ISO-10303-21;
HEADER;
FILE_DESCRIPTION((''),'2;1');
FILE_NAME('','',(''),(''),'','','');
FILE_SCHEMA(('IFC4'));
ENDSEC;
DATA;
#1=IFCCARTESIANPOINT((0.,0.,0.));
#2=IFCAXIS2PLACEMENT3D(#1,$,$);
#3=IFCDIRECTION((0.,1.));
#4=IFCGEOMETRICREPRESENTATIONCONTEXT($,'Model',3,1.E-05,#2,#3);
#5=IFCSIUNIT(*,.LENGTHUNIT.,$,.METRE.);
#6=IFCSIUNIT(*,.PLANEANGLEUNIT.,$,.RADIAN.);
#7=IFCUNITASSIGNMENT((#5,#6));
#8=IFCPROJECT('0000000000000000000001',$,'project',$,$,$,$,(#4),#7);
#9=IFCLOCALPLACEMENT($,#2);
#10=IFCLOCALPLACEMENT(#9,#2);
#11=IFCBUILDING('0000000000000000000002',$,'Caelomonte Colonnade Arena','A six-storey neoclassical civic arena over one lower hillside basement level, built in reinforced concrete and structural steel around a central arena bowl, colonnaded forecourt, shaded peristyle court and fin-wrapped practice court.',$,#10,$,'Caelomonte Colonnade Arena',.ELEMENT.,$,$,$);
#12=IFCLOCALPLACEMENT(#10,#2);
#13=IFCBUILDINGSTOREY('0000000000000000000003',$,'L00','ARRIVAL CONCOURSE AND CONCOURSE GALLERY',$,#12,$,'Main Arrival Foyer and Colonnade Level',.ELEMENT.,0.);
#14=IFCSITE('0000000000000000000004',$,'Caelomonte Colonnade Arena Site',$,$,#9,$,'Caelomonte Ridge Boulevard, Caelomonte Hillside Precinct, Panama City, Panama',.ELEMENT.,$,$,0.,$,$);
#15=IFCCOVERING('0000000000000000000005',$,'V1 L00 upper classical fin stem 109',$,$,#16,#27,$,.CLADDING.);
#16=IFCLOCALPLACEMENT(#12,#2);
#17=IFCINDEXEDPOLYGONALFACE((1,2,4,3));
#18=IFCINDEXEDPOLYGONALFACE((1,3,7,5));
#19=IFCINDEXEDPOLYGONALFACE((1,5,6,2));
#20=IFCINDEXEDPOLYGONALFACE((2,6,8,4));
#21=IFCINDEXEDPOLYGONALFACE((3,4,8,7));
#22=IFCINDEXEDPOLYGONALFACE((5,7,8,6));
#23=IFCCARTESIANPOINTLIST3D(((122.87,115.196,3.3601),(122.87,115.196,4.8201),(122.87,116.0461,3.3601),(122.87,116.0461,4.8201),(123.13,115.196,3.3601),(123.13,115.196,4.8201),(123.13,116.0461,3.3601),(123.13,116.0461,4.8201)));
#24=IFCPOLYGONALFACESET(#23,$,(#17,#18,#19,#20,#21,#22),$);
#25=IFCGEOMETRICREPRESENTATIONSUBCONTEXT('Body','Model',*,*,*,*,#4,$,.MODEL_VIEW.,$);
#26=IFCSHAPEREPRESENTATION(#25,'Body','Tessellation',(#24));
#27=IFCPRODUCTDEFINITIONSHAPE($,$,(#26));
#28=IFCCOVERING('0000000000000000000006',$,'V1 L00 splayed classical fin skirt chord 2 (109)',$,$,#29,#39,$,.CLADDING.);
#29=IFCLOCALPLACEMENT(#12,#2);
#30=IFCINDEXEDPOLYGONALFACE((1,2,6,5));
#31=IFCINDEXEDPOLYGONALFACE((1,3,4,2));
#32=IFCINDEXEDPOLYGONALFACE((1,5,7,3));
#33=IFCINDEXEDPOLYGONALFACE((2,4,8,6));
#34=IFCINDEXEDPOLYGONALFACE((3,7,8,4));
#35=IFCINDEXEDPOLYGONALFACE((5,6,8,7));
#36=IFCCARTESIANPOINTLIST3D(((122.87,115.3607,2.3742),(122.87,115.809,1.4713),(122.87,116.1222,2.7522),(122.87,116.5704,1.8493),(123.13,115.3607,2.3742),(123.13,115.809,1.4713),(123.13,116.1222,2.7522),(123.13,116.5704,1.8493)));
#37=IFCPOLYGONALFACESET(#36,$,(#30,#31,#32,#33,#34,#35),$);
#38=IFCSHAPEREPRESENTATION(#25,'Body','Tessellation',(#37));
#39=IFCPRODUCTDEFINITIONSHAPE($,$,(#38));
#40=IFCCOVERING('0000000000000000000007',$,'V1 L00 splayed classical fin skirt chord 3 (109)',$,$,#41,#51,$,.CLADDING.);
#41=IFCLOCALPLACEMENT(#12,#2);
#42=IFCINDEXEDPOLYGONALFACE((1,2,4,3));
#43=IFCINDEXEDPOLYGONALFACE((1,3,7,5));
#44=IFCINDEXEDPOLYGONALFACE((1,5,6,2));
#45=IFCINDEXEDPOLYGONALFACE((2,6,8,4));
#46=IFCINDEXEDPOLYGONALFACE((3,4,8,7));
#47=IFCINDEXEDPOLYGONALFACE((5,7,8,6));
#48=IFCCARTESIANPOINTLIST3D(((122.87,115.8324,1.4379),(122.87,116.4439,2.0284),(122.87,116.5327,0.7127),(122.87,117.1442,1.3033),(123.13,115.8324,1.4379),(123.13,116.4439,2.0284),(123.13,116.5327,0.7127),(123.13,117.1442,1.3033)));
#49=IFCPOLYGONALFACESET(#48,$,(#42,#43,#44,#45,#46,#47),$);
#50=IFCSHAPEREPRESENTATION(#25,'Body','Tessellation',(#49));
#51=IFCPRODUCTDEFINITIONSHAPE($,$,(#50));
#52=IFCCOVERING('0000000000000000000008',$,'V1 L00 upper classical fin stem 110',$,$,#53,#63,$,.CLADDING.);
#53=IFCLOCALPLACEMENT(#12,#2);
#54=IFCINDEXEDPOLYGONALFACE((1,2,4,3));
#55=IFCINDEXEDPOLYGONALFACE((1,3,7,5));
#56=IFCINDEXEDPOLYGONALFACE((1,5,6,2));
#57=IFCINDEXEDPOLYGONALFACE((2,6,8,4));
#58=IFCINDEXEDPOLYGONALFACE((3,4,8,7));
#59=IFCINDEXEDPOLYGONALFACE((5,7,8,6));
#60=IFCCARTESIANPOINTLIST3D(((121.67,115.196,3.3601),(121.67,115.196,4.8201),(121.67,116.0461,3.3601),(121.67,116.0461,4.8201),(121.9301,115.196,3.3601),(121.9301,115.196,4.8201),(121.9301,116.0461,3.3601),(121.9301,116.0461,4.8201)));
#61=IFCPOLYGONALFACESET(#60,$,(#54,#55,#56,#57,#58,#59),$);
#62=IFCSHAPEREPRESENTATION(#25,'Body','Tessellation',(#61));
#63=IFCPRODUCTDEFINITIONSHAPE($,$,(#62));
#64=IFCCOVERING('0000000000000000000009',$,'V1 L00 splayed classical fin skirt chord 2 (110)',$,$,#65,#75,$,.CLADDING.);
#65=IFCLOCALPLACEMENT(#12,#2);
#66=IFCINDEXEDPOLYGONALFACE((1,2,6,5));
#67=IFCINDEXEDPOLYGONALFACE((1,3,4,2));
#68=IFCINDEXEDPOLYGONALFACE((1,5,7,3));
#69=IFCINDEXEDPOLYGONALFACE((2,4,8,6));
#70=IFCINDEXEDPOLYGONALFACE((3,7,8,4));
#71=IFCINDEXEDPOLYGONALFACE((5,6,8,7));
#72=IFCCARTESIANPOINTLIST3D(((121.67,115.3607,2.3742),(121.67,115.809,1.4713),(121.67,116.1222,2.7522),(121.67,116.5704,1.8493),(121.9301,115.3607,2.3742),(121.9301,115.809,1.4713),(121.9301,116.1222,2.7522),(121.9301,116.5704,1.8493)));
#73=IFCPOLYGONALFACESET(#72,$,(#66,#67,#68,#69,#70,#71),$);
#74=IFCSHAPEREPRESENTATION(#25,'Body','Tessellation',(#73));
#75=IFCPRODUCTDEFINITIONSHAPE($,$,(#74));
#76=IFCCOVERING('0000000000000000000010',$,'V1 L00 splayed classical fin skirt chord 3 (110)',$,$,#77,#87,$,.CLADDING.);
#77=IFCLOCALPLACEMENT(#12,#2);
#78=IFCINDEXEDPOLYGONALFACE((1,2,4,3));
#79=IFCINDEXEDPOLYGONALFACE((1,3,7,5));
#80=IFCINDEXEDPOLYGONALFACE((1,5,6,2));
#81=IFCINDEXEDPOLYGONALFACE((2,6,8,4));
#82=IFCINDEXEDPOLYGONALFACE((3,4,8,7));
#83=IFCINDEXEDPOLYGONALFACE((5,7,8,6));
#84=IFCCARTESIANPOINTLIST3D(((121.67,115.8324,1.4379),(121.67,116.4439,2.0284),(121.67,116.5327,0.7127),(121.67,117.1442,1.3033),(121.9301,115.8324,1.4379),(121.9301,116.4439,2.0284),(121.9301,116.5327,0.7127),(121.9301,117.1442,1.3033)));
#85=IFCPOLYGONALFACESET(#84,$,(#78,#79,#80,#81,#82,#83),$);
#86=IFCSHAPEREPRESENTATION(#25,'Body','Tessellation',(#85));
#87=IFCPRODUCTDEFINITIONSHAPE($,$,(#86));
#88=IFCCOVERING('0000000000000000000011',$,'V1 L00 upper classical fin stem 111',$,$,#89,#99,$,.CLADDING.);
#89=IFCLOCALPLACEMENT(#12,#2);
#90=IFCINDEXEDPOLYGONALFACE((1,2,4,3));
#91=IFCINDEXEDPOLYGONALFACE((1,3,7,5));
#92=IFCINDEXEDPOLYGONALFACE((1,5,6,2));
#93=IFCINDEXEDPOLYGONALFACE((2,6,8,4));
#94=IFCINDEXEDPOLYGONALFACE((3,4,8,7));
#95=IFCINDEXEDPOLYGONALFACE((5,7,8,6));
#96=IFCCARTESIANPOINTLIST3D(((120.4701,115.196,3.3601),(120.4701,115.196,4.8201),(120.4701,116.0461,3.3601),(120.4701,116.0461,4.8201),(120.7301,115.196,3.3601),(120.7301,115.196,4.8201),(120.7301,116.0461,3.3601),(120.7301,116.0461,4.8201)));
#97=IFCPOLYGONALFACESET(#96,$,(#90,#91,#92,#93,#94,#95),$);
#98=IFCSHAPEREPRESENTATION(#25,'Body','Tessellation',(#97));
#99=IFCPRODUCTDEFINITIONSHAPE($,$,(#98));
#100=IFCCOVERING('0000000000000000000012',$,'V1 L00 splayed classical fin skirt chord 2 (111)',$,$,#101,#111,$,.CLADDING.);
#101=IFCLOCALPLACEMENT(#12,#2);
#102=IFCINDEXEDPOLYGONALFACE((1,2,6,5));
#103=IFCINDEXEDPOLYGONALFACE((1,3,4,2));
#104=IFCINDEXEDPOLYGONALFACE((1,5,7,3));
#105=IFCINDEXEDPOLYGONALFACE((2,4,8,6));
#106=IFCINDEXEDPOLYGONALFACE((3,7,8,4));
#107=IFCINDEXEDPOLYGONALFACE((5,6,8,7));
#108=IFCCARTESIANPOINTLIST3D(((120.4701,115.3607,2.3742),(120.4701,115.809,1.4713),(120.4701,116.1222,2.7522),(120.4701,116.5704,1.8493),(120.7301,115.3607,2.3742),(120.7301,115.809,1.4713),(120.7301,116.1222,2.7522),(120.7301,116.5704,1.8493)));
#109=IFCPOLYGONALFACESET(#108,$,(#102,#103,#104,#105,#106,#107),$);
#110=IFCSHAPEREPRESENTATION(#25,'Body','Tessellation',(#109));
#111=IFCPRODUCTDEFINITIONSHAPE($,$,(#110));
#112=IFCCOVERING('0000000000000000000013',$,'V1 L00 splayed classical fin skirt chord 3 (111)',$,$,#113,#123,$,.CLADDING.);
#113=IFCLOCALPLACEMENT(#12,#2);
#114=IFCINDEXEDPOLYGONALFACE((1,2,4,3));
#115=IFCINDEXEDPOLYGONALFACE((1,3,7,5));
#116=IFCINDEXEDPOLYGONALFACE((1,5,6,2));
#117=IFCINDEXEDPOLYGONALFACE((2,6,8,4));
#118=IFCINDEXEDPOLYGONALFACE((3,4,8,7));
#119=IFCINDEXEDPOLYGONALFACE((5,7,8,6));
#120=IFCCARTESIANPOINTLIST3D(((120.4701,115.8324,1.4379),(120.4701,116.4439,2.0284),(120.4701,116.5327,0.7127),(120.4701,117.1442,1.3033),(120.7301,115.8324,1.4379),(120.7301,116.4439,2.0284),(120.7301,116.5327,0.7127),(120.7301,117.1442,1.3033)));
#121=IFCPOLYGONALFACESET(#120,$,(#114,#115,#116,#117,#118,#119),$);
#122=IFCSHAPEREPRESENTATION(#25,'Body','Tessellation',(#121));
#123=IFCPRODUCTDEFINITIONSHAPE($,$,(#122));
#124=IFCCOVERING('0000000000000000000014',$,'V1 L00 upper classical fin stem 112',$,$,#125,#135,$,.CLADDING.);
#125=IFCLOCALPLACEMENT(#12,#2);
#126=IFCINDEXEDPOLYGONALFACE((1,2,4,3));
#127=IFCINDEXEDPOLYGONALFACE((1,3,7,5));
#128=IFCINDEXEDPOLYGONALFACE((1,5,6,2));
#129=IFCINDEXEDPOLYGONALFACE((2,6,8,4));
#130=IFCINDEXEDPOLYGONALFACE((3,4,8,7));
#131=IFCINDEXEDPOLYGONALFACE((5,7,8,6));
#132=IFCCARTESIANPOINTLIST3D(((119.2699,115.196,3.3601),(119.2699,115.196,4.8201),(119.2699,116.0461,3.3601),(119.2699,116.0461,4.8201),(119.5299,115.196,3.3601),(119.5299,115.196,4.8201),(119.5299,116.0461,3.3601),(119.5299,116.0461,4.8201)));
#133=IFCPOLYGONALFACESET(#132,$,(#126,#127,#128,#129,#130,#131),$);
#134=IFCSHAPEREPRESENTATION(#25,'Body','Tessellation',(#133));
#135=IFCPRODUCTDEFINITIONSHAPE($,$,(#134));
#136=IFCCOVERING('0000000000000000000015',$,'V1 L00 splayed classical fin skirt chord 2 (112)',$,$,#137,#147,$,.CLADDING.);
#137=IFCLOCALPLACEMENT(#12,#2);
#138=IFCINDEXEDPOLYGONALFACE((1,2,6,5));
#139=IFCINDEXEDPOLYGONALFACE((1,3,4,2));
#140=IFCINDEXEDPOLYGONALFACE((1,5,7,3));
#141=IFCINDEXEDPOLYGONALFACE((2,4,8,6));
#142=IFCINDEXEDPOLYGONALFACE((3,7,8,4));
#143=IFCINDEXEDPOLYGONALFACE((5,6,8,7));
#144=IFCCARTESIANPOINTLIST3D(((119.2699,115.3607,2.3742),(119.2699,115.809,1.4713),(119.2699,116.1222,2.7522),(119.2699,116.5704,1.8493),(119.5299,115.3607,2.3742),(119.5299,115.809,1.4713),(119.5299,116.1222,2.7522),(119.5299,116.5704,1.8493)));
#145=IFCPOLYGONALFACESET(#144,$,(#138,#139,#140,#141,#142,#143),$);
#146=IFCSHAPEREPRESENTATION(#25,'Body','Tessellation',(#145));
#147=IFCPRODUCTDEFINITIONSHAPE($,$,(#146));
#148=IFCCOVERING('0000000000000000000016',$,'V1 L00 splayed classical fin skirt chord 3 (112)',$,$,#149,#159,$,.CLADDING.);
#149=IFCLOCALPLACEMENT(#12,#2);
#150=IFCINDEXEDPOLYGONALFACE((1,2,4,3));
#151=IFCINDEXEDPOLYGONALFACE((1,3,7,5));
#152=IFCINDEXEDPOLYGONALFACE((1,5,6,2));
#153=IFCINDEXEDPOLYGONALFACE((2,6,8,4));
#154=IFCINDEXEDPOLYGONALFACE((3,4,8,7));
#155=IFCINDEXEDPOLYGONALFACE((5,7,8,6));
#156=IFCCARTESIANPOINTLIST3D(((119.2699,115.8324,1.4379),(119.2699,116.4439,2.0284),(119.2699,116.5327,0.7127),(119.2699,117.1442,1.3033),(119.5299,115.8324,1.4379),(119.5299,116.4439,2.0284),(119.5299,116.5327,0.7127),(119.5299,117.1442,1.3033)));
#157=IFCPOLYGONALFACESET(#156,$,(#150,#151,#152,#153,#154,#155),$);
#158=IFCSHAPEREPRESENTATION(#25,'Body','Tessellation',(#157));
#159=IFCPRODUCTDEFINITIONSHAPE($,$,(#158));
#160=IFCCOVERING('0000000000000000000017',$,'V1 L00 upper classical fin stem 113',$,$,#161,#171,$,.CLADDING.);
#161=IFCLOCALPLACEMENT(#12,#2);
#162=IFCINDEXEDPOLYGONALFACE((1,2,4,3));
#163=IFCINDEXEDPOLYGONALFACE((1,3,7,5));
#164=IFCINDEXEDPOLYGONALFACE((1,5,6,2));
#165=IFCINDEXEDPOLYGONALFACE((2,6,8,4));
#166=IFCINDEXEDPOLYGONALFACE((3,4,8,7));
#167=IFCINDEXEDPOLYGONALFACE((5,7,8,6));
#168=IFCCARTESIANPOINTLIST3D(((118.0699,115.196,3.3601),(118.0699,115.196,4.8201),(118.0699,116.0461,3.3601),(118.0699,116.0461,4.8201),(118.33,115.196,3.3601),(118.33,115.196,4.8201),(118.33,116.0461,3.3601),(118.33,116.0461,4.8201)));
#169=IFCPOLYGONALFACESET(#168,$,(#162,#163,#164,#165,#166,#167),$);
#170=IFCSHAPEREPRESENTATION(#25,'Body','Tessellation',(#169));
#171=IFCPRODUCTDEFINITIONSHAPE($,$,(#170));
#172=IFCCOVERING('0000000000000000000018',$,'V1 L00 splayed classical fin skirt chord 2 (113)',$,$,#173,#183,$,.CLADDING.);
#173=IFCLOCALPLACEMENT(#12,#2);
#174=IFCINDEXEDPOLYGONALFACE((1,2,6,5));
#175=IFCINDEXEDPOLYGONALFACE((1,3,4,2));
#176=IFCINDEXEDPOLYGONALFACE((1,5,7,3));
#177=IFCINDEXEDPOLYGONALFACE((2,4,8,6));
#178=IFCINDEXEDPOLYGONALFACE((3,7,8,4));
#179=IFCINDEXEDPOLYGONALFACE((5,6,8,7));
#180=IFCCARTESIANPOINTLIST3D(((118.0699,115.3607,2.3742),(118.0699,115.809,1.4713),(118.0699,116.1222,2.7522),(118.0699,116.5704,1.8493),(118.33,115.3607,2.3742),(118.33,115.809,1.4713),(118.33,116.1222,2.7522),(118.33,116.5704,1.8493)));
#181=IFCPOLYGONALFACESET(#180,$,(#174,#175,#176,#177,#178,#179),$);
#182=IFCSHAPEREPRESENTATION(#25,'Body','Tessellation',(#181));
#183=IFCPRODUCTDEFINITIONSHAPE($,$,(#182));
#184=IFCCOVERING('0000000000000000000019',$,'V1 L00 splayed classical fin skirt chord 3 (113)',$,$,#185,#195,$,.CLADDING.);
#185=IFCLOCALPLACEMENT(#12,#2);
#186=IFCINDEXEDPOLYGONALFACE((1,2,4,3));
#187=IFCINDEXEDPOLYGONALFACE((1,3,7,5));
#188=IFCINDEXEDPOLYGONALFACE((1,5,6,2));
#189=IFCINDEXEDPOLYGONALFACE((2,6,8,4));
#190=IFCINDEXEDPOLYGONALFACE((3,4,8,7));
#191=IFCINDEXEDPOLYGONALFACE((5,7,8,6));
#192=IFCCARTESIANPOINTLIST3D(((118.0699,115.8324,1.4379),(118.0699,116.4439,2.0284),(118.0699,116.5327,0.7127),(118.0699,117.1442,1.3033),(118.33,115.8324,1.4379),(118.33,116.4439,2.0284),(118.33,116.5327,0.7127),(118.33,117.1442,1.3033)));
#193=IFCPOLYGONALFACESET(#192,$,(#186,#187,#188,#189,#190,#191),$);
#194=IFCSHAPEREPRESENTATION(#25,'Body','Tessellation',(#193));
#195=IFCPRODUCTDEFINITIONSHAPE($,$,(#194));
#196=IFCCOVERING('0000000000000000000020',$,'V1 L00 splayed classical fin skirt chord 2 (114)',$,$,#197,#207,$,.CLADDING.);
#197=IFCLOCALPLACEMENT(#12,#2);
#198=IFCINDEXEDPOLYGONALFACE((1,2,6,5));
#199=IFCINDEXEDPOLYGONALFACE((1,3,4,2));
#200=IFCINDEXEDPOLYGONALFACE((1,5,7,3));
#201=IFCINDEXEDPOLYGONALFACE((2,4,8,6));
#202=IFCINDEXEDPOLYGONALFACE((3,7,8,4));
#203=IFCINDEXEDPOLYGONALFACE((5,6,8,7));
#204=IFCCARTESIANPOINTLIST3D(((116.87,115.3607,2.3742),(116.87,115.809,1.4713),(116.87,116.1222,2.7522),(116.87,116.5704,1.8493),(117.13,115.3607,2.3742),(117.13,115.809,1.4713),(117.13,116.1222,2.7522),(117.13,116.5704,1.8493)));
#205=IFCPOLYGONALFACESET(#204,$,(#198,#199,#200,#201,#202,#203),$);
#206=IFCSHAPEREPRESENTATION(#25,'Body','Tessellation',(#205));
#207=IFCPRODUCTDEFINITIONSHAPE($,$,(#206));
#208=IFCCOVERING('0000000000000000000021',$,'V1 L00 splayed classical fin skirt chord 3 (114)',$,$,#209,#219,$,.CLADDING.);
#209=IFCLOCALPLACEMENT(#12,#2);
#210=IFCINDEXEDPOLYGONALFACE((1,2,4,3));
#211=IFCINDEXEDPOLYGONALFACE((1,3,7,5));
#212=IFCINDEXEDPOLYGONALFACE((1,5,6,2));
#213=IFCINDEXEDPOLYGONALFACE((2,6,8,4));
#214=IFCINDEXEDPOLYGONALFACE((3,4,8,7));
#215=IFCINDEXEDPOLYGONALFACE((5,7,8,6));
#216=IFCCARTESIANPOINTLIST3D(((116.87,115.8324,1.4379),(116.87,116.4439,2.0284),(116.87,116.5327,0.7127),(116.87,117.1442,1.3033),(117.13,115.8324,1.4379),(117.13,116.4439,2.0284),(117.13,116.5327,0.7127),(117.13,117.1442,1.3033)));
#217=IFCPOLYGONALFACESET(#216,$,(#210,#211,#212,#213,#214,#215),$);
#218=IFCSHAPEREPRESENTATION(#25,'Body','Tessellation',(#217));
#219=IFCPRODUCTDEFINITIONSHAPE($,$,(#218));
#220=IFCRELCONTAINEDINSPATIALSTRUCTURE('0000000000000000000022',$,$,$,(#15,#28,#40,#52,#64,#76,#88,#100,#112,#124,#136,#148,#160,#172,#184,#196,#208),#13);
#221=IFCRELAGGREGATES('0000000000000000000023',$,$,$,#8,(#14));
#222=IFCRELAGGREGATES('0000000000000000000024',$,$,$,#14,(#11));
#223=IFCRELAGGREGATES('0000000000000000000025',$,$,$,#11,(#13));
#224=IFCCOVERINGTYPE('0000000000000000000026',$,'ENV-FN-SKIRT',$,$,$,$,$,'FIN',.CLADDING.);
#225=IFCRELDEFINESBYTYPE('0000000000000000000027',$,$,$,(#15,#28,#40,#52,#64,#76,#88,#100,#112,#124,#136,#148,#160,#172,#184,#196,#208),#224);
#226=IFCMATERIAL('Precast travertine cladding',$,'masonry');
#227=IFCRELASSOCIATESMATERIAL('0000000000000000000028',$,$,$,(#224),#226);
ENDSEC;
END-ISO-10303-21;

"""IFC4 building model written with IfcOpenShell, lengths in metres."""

from ifc_helpers import new_model, si_unit, direction, frame, origin, origin_2d, place, context, subcontext, project, spatial, rectangle, extrude, material, material_profile, profile_set, type_object, element, save


model = new_model("IFC4")

# Units and contexts
model_context = context("Model", 3, precision=1e-05, world=origin(), true_north=direction((0.0, 1.0)))
body_context = subcontext(model_context, "Body", "Model", "MODEL_VIEW")
ifc_project = project(units=[si_unit("LENGTHUNIT", "METRE"), si_unit("PLANEANGLEUNIT", "RADIAN")], contexts=[model_context])

# Site, building, storey
site_placement = place(None, origin())
site = spatial("IfcSite", under=ifc_project, at=site_placement, Name="Caelomonte Colonnade Arena Site", LongName="Caelomonte Ridge Boulevard, Caelomonte Hillside Precinct, Panama City, Panama", CompositionType="ELEMENT", RefElevation=0.0)
building_placement = place(site_placement, origin())
building = spatial("IfcBuilding", under=site, at=building_placement, Name="Caelomonte Colonnade Arena", Description="A six-storey neoclassical civic arena over one lower hillside basement level, built in reinforced concrete and structural steel around a central arena bowl, colonnaded forecourt, shaded peristyle court and fin-wrapped practice court.", LongName="Caelomonte Colonnade Arena", CompositionType="ELEMENT")
storey_placement = place(building_placement, origin())
storey = spatial("IfcBuildingStorey", under=building, at=storey_placement, Name="L00", Description="ARRIVAL CONCOURSE AND CONCOURSE GALLERY", LongName="Main Arrival Foyer and Colonnade Level", CompositionType="ELEMENT", Elevation=0.0)

# Coverings
ifc_material = material(Name="Precast travertine cladding", Category="masonry")
ifc_material_profile = material_profile(ifc_material, rectangle(XDim=0.26, YDim=0.8501, at=origin_2d()), Name="FIN260X850")
ifc_profile_set = profile_set([ifc_material_profile], Name="Precast travertine cladding")
covering_type = type_object("IfcCoveringType", Name="ENV-FN-SKIRT", ElementType="FIN", PredefinedType="CLADDING", material=ifc_profile_set)
covering_1_placement = place(storey_placement, frame((123.0, 115.6211, 3.3601), z_axis=(0.0, 0.0, 1.0), x_axis=(1.0, 0.0, 0.0)))
element("IfcCovering", 1, at=covering_1_placement, inside=storey, type_object=covering_type, Name="V1 L00 upper classical fin stem 109", PredefinedType="CLADDING", context=body_context, shape_type="SweptSolid", body=[
    extrude(rectangle(XDim=0.26, YDim=0.8501, at=origin_2d()), origin(), (0.0, 0.0, 1.0), 1.46),
])
for number, where, z_axis, x_axis, name in (
    (2, (123.0, 115.7415, 2.5632), (0.0, 0.444693, -0.895683), (-1.0, 0.0, 0.0), "V1 L00 splayed classical fin skirt chord 2 (109)"),
    (3, (123.0, 116.1382, 1.7332), (0.0, 0.694646, -0.719351), (-1.0, 0.0, 0.0), "V1 L00 splayed classical fin skirt chord 3 (109)"),
):
    element("IfcCovering", number, at=place(storey_placement, frame(where, z_axis=z_axis, x_axis=x_axis)), inside=storey, type_object=covering_type, Name=name, PredefinedType="CLADDING", context=body_context, shape_type="SweptSolid", body=[
        extrude(rectangle(XDim=0.26, YDim=0.8501, at=origin_2d()), origin(), (0.0, 0.0, 1.0), 1.0081),
    ])
covering_2_placement = place(storey_placement, frame((121.8, 115.6211, 3.3601), z_axis=(0.0, 0.0, 1.0), x_axis=(1.0, 0.0, 0.0)))
element("IfcCovering", 4, at=covering_2_placement, inside=storey, type_object=covering_type, Name="V1 L00 upper classical fin stem 110", PredefinedType="CLADDING", context=body_context, shape_type="SweptSolid", body=[
    extrude(rectangle(XDim=0.26, YDim=0.8501, at=origin_2d()), origin(), (0.0, 0.0, 1.0), 1.46),
])
for number, where, z_axis, x_axis, name in (
    (5, (121.8, 115.7415, 2.5632), (0.0, 0.444693, -0.895683), (-1.0, 0.0, 0.0), "V1 L00 splayed classical fin skirt chord 2 (110)"),
    (6, (121.8, 116.1382, 1.7332), (0.0, 0.694646, -0.719351), (-1.0, 0.0, 0.0), "V1 L00 splayed classical fin skirt chord 3 (110)"),
):
    element("IfcCovering", number, at=place(storey_placement, frame(where, z_axis=z_axis, x_axis=x_axis)), inside=storey, type_object=covering_type, Name=name, PredefinedType="CLADDING", context=body_context, shape_type="SweptSolid", body=[
        extrude(rectangle(XDim=0.26, YDim=0.8501, at=origin_2d()), origin(), (0.0, 0.0, 1.0), 1.0081),
    ])
covering_3_placement = place(storey_placement, frame((120.6001, 115.6211, 3.3601), z_axis=(0.0, 0.0, 1.0), x_axis=(1.0, 0.0, 0.0)))
element("IfcCovering", 7, at=covering_3_placement, inside=storey, type_object=covering_type, Name="V1 L00 upper classical fin stem 111", PredefinedType="CLADDING", context=body_context, shape_type="SweptSolid", body=[
    extrude(rectangle(XDim=0.26, YDim=0.8501, at=origin_2d()), origin(), (0.0, 0.0, 1.0), 1.46),
])
for number, where, z_axis, x_axis, name in (
    (8, (120.6001, 115.7415, 2.5632), (0.0, 0.444693, -0.895683), (-1.0, 0.0, 0.0), "V1 L00 splayed classical fin skirt chord 2 (111)"),
    (9, (120.6001, 116.1382, 1.7332), (0.0, 0.694646, -0.719351), (-1.0, 0.0, 0.0), "V1 L00 splayed classical fin skirt chord 3 (111)"),
):
    element("IfcCovering", number, at=place(storey_placement, frame(where, z_axis=z_axis, x_axis=x_axis)), inside=storey, type_object=covering_type, Name=name, PredefinedType="CLADDING", context=body_context, shape_type="SweptSolid", body=[
        extrude(rectangle(XDim=0.26, YDim=0.8501, at=origin_2d()), origin(), (0.0, 0.0, 1.0), 1.0081),
    ])
covering_4_placement = place(storey_placement, frame((119.3999, 115.6211, 3.3601), z_axis=(0.0, 0.0, 1.0), x_axis=(1.0, 0.0, 0.0)))
element("IfcCovering", 10, at=covering_4_placement, inside=storey, type_object=covering_type, Name="V1 L00 upper classical fin stem 112", PredefinedType="CLADDING", context=body_context, shape_type="SweptSolid", body=[
    extrude(rectangle(XDim=0.26, YDim=0.8501, at=origin_2d()), origin(), (0.0, 0.0, 1.0), 1.46),
])
for number, where, z_axis, x_axis, name in (
    (11, (119.3999, 115.7415, 2.5632), (0.0, 0.444693, -0.895683), (-1.0, 0.0, 0.0), "V1 L00 splayed classical fin skirt chord 2 (112)"),
    (12, (119.3999, 116.1382, 1.7332), (0.0, 0.694646, -0.719351), (-1.0, 0.0, 0.0), "V1 L00 splayed classical fin skirt chord 3 (112)"),
):
    element("IfcCovering", number, at=place(storey_placement, frame(where, z_axis=z_axis, x_axis=x_axis)), inside=storey, type_object=covering_type, Name=name, PredefinedType="CLADDING", context=body_context, shape_type="SweptSolid", body=[
        extrude(rectangle(XDim=0.26, YDim=0.8501, at=origin_2d()), origin(), (0.0, 0.0, 1.0), 1.0081),
    ])
covering_5_placement = place(storey_placement, frame((118.2, 115.6211, 3.3601), z_axis=(0.0, 0.0, 1.0), x_axis=(1.0, 0.0, 0.0)))
element("IfcCovering", 13, at=covering_5_placement, inside=storey, type_object=covering_type, Name="V1 L00 upper classical fin stem 113", PredefinedType="CLADDING", context=body_context, shape_type="SweptSolid", body=[
    extrude(rectangle(XDim=0.26, YDim=0.8501, at=origin_2d()), origin(), (0.0, 0.0, 1.0), 1.46),
])
for number, where, z_axis, x_axis, name in (
    (14, (118.2, 115.7415, 2.5632), (0.0, 0.444693, -0.895683), (-1.0, 0.0, 0.0), "V1 L00 splayed classical fin skirt chord 2 (113)"),
    (15, (118.2, 116.1382, 1.7332), (0.0, 0.694646, -0.719351), (-1.0, 0.0, 0.0), "V1 L00 splayed classical fin skirt chord 3 (113)"),
    (16, (117.0, 115.7415, 2.5632), (0.0, 0.444693, -0.895683), (-1.0, 0.0, 0.0), "V1 L00 splayed classical fin skirt chord 2 (114)"),
    (17, (117.0, 116.1382, 1.7332), (0.0, 0.694646, -0.719351), (-1.0, 0.0, 0.0), "V1 L00 splayed classical fin skirt chord 3 (114)"),
):
    element("IfcCovering", number, at=place(storey_placement, frame(where, z_axis=z_axis, x_axis=x_axis)), inside=storey, type_object=covering_type, Name=name, PredefinedType="CLADDING", context=body_context, shape_type="SweptSolid", body=[
        extrude(rectangle(XDim=0.26, YDim=0.8501, at=origin_2d()), origin(), (0.0, 0.0, 1.0), 1.0081),
    ])

save(model, "model.ifc")
